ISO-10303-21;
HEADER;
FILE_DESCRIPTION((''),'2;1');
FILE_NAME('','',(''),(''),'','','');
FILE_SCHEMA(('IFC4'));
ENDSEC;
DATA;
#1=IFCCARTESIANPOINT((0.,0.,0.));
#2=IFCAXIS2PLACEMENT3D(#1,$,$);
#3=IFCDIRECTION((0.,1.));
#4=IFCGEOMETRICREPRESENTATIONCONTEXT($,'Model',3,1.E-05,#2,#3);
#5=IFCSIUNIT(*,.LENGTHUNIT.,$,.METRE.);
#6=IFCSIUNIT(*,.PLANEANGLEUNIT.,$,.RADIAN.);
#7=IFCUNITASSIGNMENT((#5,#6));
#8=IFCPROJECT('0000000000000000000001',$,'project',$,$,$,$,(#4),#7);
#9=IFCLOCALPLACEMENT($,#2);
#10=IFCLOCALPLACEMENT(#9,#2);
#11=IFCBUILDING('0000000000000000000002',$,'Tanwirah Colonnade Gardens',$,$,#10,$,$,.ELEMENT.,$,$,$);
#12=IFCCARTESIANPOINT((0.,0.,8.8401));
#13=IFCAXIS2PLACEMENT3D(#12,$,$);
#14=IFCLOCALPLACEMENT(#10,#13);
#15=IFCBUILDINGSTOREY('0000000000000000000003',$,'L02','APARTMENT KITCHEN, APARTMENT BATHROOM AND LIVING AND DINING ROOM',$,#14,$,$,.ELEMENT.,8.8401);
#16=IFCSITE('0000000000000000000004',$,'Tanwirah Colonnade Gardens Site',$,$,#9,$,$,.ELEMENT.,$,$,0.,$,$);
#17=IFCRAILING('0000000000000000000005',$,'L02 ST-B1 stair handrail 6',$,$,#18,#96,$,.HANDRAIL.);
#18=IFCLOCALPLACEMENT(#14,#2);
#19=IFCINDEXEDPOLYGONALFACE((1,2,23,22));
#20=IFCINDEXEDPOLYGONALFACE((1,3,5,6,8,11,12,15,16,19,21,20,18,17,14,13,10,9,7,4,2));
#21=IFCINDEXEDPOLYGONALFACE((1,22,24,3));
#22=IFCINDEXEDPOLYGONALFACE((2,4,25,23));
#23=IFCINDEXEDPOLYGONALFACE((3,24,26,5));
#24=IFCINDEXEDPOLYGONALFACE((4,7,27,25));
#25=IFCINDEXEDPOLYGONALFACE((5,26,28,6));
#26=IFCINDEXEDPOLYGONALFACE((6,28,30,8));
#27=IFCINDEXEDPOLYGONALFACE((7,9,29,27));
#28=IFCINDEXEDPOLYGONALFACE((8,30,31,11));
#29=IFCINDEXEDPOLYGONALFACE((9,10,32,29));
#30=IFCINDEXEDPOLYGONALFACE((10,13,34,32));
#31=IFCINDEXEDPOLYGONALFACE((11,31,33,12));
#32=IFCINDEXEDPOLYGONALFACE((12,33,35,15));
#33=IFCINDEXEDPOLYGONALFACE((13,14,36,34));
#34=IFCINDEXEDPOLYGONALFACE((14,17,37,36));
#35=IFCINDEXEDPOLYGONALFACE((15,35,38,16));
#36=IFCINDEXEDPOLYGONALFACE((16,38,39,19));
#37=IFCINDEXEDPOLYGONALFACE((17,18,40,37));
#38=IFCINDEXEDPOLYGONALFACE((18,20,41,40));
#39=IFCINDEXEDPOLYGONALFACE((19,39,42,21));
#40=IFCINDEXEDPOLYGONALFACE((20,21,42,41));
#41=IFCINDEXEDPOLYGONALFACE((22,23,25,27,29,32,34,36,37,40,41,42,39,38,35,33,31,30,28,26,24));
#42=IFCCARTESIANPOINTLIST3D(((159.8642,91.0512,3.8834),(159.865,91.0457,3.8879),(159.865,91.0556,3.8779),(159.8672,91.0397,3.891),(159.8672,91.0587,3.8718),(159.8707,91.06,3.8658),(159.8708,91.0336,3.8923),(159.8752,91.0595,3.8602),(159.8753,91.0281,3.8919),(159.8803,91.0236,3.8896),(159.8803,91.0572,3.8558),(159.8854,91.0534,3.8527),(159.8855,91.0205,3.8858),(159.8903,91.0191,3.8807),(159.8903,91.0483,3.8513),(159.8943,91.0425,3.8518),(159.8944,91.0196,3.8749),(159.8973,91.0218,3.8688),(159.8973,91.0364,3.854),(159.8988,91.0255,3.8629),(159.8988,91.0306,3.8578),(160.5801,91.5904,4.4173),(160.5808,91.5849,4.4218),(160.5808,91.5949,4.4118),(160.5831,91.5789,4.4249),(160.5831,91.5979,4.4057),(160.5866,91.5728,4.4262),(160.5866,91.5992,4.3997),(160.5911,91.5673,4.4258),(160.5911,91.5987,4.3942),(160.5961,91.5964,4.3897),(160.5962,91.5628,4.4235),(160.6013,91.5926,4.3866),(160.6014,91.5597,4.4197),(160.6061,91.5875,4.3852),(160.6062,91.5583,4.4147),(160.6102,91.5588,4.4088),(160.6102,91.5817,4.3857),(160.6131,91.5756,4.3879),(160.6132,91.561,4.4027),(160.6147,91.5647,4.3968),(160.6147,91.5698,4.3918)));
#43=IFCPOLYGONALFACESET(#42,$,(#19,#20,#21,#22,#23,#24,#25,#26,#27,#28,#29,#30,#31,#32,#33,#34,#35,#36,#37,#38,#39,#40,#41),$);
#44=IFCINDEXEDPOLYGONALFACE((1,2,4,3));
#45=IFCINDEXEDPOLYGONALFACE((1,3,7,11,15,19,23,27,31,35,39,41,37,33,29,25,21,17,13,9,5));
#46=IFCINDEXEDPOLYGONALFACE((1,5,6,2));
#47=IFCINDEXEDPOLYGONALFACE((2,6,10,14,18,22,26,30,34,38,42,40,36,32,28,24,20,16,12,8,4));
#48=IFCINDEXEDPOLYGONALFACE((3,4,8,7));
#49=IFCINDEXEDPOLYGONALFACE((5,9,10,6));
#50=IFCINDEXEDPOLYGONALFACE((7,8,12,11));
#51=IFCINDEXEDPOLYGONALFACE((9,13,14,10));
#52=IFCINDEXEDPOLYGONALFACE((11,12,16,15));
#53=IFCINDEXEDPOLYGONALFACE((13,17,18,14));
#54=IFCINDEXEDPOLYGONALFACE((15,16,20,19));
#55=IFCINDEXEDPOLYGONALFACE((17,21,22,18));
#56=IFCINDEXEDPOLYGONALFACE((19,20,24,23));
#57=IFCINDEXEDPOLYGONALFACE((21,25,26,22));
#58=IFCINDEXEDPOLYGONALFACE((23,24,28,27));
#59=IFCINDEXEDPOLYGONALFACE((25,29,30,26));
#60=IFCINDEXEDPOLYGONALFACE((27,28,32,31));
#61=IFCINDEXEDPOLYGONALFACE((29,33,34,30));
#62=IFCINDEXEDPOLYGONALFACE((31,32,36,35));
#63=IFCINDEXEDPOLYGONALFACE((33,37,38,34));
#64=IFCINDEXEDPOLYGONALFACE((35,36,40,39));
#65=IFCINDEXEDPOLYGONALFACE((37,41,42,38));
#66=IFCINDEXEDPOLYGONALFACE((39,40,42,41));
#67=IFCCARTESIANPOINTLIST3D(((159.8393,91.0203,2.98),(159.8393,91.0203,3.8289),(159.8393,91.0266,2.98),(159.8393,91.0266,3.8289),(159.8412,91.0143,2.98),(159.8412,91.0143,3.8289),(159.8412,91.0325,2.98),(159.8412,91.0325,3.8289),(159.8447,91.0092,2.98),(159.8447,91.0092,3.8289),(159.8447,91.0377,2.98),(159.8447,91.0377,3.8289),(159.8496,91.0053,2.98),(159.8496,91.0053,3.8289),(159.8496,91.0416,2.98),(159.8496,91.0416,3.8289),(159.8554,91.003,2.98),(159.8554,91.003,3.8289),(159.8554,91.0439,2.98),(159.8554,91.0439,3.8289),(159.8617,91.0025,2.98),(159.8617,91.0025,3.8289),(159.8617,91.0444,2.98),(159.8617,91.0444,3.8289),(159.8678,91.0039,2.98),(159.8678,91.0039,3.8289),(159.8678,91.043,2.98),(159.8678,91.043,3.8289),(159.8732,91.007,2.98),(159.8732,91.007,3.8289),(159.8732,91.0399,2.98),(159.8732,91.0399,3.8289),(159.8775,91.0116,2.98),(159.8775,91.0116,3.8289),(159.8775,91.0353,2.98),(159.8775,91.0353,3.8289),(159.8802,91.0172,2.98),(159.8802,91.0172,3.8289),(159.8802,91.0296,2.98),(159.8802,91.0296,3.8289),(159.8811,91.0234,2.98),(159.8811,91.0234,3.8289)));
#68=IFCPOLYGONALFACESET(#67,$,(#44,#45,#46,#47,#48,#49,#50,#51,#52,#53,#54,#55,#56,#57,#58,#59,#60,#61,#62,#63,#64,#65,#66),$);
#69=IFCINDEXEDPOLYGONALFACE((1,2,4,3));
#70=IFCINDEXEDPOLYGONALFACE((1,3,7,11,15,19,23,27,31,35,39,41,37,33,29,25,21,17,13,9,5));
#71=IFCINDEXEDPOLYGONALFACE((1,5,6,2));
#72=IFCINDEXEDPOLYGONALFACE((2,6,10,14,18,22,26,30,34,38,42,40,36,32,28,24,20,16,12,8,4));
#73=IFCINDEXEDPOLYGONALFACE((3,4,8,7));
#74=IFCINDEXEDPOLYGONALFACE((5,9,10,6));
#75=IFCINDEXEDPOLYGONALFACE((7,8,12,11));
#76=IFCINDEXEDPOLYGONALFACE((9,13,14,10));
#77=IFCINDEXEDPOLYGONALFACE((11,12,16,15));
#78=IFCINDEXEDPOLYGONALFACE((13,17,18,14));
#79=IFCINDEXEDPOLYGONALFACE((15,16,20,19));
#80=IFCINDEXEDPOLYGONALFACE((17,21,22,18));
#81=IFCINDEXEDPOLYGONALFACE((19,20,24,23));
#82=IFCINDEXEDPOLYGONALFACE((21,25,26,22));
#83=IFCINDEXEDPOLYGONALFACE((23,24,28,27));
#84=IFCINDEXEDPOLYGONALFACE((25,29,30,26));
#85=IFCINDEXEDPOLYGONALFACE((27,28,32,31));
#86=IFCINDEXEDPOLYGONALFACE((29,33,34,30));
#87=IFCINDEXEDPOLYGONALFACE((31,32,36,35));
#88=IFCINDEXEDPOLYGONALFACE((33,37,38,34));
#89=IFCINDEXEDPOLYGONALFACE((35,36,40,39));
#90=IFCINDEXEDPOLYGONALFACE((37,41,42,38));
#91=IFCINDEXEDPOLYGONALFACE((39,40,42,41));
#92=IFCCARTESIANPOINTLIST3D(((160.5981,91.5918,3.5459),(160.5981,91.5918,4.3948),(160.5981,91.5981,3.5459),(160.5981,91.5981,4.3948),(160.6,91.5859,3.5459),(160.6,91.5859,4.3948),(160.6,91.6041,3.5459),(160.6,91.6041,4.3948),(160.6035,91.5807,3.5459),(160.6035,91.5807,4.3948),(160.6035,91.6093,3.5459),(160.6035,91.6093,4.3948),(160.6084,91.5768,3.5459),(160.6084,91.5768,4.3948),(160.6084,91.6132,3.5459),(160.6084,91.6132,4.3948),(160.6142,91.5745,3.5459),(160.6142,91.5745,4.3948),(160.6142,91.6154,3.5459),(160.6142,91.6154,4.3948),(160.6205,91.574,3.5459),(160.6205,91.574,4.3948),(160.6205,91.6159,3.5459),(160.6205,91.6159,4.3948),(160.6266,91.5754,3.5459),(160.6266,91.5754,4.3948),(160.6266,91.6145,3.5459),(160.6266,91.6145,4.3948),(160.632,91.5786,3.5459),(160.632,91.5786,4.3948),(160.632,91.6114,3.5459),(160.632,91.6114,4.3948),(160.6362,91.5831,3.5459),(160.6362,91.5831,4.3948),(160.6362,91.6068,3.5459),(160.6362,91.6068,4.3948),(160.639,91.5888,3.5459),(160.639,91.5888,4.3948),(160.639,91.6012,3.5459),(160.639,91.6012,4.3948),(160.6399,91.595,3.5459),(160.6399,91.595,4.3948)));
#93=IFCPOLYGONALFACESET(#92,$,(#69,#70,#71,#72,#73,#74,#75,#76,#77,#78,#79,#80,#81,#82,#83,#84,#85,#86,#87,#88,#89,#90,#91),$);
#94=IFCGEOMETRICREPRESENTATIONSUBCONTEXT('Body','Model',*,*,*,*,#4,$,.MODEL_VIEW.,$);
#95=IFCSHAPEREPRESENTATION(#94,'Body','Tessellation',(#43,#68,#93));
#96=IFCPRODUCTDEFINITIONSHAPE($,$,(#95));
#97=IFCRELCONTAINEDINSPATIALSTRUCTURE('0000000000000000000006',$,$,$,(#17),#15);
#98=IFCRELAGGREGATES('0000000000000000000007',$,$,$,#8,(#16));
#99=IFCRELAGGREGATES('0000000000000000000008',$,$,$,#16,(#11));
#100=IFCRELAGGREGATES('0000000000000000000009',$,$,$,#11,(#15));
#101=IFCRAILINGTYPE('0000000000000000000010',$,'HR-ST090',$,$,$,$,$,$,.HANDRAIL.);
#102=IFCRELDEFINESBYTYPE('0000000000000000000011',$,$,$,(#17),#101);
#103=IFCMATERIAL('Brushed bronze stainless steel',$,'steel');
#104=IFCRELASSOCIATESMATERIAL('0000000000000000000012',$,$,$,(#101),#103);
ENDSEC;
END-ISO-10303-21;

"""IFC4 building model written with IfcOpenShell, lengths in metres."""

from ifc_helpers import new_model, si_unit, direction, frame, origin, origin_2d, place, context, subcontext, project, spatial, circle, extrude, material, type_object, element, save


model = new_model("IFC4")

# Units and contexts
model_context = context("Model", 3, precision=1e-05, world=origin(), true_north=direction((0.0, 1.0)))
body_context = subcontext(model_context, "Body", "Model", "MODEL_VIEW")
ifc_project = project(units=[si_unit("LENGTHUNIT", "METRE"), si_unit("PLANEANGLEUNIT", "RADIAN")], contexts=[model_context])

# Site, building, storey
site_placement = place(None, origin())
site = spatial("IfcSite", under=ifc_project, at=site_placement, Name="Tanwirah Colonnade Gardens Site", CompositionType="ELEMENT", RefElevation=0.0)
building_placement = place(site_placement, origin())
building = spatial("IfcBuilding", under=site, at=building_placement, Name="Tanwirah Colonnade Gardens", CompositionType="ELEMENT")
storey_placement = place(building_placement, frame((0.0, 0.0, 8.8401)))
storey = spatial("IfcBuildingStorey", under=building, at=storey_placement, Name="L02", Description="APARTMENT KITCHEN, APARTMENT BATHROOM AND LIVING AND DINING ROOM", CompositionType="ELEMENT", Elevation=8.8401)

# Railing
ifc_material_1 = material(Name="Brushed bronze stainless steel", Category="steel")
railing_type_1 = type_object("IfcRailingType", Name="HR-ST090", PredefinedType="HANDRAIL", material=ifc_material_1)
railing_1_placement = place(storey_placement, frame((159.8601, 91.0234, 2.98)))
element("IfcRailing", 1, at=railing_1_placement, inside=storey, type_object=railing_type_1, Name="L02 ST-B1 stair handrail 6", PredefinedType="HANDRAIL", context=body_context, shape_type="SweptSolid", body=[
    extrude(circle(Radius=0.0239, at=origin_2d()), frame((0.0215, 0.0161, 0.8918), z_axis=(0.686224, 0.516876, 0.511797), x_axis=(-0.601644, 0.798765, 0.0)), (0.0, 0.0, 1.0), 1.0432),
    extrude(circle(Radius=0.021, at=origin_2d()), origin(), (0.0, 0.0, 1.0), 0.8489),
    extrude(circle(Radius=0.021, at=origin_2d()), frame((0.7588, 0.5715, 0.5659)), (0.0, 0.0, 1.0), 0.8489),
])

save(model, "model.ifc")
